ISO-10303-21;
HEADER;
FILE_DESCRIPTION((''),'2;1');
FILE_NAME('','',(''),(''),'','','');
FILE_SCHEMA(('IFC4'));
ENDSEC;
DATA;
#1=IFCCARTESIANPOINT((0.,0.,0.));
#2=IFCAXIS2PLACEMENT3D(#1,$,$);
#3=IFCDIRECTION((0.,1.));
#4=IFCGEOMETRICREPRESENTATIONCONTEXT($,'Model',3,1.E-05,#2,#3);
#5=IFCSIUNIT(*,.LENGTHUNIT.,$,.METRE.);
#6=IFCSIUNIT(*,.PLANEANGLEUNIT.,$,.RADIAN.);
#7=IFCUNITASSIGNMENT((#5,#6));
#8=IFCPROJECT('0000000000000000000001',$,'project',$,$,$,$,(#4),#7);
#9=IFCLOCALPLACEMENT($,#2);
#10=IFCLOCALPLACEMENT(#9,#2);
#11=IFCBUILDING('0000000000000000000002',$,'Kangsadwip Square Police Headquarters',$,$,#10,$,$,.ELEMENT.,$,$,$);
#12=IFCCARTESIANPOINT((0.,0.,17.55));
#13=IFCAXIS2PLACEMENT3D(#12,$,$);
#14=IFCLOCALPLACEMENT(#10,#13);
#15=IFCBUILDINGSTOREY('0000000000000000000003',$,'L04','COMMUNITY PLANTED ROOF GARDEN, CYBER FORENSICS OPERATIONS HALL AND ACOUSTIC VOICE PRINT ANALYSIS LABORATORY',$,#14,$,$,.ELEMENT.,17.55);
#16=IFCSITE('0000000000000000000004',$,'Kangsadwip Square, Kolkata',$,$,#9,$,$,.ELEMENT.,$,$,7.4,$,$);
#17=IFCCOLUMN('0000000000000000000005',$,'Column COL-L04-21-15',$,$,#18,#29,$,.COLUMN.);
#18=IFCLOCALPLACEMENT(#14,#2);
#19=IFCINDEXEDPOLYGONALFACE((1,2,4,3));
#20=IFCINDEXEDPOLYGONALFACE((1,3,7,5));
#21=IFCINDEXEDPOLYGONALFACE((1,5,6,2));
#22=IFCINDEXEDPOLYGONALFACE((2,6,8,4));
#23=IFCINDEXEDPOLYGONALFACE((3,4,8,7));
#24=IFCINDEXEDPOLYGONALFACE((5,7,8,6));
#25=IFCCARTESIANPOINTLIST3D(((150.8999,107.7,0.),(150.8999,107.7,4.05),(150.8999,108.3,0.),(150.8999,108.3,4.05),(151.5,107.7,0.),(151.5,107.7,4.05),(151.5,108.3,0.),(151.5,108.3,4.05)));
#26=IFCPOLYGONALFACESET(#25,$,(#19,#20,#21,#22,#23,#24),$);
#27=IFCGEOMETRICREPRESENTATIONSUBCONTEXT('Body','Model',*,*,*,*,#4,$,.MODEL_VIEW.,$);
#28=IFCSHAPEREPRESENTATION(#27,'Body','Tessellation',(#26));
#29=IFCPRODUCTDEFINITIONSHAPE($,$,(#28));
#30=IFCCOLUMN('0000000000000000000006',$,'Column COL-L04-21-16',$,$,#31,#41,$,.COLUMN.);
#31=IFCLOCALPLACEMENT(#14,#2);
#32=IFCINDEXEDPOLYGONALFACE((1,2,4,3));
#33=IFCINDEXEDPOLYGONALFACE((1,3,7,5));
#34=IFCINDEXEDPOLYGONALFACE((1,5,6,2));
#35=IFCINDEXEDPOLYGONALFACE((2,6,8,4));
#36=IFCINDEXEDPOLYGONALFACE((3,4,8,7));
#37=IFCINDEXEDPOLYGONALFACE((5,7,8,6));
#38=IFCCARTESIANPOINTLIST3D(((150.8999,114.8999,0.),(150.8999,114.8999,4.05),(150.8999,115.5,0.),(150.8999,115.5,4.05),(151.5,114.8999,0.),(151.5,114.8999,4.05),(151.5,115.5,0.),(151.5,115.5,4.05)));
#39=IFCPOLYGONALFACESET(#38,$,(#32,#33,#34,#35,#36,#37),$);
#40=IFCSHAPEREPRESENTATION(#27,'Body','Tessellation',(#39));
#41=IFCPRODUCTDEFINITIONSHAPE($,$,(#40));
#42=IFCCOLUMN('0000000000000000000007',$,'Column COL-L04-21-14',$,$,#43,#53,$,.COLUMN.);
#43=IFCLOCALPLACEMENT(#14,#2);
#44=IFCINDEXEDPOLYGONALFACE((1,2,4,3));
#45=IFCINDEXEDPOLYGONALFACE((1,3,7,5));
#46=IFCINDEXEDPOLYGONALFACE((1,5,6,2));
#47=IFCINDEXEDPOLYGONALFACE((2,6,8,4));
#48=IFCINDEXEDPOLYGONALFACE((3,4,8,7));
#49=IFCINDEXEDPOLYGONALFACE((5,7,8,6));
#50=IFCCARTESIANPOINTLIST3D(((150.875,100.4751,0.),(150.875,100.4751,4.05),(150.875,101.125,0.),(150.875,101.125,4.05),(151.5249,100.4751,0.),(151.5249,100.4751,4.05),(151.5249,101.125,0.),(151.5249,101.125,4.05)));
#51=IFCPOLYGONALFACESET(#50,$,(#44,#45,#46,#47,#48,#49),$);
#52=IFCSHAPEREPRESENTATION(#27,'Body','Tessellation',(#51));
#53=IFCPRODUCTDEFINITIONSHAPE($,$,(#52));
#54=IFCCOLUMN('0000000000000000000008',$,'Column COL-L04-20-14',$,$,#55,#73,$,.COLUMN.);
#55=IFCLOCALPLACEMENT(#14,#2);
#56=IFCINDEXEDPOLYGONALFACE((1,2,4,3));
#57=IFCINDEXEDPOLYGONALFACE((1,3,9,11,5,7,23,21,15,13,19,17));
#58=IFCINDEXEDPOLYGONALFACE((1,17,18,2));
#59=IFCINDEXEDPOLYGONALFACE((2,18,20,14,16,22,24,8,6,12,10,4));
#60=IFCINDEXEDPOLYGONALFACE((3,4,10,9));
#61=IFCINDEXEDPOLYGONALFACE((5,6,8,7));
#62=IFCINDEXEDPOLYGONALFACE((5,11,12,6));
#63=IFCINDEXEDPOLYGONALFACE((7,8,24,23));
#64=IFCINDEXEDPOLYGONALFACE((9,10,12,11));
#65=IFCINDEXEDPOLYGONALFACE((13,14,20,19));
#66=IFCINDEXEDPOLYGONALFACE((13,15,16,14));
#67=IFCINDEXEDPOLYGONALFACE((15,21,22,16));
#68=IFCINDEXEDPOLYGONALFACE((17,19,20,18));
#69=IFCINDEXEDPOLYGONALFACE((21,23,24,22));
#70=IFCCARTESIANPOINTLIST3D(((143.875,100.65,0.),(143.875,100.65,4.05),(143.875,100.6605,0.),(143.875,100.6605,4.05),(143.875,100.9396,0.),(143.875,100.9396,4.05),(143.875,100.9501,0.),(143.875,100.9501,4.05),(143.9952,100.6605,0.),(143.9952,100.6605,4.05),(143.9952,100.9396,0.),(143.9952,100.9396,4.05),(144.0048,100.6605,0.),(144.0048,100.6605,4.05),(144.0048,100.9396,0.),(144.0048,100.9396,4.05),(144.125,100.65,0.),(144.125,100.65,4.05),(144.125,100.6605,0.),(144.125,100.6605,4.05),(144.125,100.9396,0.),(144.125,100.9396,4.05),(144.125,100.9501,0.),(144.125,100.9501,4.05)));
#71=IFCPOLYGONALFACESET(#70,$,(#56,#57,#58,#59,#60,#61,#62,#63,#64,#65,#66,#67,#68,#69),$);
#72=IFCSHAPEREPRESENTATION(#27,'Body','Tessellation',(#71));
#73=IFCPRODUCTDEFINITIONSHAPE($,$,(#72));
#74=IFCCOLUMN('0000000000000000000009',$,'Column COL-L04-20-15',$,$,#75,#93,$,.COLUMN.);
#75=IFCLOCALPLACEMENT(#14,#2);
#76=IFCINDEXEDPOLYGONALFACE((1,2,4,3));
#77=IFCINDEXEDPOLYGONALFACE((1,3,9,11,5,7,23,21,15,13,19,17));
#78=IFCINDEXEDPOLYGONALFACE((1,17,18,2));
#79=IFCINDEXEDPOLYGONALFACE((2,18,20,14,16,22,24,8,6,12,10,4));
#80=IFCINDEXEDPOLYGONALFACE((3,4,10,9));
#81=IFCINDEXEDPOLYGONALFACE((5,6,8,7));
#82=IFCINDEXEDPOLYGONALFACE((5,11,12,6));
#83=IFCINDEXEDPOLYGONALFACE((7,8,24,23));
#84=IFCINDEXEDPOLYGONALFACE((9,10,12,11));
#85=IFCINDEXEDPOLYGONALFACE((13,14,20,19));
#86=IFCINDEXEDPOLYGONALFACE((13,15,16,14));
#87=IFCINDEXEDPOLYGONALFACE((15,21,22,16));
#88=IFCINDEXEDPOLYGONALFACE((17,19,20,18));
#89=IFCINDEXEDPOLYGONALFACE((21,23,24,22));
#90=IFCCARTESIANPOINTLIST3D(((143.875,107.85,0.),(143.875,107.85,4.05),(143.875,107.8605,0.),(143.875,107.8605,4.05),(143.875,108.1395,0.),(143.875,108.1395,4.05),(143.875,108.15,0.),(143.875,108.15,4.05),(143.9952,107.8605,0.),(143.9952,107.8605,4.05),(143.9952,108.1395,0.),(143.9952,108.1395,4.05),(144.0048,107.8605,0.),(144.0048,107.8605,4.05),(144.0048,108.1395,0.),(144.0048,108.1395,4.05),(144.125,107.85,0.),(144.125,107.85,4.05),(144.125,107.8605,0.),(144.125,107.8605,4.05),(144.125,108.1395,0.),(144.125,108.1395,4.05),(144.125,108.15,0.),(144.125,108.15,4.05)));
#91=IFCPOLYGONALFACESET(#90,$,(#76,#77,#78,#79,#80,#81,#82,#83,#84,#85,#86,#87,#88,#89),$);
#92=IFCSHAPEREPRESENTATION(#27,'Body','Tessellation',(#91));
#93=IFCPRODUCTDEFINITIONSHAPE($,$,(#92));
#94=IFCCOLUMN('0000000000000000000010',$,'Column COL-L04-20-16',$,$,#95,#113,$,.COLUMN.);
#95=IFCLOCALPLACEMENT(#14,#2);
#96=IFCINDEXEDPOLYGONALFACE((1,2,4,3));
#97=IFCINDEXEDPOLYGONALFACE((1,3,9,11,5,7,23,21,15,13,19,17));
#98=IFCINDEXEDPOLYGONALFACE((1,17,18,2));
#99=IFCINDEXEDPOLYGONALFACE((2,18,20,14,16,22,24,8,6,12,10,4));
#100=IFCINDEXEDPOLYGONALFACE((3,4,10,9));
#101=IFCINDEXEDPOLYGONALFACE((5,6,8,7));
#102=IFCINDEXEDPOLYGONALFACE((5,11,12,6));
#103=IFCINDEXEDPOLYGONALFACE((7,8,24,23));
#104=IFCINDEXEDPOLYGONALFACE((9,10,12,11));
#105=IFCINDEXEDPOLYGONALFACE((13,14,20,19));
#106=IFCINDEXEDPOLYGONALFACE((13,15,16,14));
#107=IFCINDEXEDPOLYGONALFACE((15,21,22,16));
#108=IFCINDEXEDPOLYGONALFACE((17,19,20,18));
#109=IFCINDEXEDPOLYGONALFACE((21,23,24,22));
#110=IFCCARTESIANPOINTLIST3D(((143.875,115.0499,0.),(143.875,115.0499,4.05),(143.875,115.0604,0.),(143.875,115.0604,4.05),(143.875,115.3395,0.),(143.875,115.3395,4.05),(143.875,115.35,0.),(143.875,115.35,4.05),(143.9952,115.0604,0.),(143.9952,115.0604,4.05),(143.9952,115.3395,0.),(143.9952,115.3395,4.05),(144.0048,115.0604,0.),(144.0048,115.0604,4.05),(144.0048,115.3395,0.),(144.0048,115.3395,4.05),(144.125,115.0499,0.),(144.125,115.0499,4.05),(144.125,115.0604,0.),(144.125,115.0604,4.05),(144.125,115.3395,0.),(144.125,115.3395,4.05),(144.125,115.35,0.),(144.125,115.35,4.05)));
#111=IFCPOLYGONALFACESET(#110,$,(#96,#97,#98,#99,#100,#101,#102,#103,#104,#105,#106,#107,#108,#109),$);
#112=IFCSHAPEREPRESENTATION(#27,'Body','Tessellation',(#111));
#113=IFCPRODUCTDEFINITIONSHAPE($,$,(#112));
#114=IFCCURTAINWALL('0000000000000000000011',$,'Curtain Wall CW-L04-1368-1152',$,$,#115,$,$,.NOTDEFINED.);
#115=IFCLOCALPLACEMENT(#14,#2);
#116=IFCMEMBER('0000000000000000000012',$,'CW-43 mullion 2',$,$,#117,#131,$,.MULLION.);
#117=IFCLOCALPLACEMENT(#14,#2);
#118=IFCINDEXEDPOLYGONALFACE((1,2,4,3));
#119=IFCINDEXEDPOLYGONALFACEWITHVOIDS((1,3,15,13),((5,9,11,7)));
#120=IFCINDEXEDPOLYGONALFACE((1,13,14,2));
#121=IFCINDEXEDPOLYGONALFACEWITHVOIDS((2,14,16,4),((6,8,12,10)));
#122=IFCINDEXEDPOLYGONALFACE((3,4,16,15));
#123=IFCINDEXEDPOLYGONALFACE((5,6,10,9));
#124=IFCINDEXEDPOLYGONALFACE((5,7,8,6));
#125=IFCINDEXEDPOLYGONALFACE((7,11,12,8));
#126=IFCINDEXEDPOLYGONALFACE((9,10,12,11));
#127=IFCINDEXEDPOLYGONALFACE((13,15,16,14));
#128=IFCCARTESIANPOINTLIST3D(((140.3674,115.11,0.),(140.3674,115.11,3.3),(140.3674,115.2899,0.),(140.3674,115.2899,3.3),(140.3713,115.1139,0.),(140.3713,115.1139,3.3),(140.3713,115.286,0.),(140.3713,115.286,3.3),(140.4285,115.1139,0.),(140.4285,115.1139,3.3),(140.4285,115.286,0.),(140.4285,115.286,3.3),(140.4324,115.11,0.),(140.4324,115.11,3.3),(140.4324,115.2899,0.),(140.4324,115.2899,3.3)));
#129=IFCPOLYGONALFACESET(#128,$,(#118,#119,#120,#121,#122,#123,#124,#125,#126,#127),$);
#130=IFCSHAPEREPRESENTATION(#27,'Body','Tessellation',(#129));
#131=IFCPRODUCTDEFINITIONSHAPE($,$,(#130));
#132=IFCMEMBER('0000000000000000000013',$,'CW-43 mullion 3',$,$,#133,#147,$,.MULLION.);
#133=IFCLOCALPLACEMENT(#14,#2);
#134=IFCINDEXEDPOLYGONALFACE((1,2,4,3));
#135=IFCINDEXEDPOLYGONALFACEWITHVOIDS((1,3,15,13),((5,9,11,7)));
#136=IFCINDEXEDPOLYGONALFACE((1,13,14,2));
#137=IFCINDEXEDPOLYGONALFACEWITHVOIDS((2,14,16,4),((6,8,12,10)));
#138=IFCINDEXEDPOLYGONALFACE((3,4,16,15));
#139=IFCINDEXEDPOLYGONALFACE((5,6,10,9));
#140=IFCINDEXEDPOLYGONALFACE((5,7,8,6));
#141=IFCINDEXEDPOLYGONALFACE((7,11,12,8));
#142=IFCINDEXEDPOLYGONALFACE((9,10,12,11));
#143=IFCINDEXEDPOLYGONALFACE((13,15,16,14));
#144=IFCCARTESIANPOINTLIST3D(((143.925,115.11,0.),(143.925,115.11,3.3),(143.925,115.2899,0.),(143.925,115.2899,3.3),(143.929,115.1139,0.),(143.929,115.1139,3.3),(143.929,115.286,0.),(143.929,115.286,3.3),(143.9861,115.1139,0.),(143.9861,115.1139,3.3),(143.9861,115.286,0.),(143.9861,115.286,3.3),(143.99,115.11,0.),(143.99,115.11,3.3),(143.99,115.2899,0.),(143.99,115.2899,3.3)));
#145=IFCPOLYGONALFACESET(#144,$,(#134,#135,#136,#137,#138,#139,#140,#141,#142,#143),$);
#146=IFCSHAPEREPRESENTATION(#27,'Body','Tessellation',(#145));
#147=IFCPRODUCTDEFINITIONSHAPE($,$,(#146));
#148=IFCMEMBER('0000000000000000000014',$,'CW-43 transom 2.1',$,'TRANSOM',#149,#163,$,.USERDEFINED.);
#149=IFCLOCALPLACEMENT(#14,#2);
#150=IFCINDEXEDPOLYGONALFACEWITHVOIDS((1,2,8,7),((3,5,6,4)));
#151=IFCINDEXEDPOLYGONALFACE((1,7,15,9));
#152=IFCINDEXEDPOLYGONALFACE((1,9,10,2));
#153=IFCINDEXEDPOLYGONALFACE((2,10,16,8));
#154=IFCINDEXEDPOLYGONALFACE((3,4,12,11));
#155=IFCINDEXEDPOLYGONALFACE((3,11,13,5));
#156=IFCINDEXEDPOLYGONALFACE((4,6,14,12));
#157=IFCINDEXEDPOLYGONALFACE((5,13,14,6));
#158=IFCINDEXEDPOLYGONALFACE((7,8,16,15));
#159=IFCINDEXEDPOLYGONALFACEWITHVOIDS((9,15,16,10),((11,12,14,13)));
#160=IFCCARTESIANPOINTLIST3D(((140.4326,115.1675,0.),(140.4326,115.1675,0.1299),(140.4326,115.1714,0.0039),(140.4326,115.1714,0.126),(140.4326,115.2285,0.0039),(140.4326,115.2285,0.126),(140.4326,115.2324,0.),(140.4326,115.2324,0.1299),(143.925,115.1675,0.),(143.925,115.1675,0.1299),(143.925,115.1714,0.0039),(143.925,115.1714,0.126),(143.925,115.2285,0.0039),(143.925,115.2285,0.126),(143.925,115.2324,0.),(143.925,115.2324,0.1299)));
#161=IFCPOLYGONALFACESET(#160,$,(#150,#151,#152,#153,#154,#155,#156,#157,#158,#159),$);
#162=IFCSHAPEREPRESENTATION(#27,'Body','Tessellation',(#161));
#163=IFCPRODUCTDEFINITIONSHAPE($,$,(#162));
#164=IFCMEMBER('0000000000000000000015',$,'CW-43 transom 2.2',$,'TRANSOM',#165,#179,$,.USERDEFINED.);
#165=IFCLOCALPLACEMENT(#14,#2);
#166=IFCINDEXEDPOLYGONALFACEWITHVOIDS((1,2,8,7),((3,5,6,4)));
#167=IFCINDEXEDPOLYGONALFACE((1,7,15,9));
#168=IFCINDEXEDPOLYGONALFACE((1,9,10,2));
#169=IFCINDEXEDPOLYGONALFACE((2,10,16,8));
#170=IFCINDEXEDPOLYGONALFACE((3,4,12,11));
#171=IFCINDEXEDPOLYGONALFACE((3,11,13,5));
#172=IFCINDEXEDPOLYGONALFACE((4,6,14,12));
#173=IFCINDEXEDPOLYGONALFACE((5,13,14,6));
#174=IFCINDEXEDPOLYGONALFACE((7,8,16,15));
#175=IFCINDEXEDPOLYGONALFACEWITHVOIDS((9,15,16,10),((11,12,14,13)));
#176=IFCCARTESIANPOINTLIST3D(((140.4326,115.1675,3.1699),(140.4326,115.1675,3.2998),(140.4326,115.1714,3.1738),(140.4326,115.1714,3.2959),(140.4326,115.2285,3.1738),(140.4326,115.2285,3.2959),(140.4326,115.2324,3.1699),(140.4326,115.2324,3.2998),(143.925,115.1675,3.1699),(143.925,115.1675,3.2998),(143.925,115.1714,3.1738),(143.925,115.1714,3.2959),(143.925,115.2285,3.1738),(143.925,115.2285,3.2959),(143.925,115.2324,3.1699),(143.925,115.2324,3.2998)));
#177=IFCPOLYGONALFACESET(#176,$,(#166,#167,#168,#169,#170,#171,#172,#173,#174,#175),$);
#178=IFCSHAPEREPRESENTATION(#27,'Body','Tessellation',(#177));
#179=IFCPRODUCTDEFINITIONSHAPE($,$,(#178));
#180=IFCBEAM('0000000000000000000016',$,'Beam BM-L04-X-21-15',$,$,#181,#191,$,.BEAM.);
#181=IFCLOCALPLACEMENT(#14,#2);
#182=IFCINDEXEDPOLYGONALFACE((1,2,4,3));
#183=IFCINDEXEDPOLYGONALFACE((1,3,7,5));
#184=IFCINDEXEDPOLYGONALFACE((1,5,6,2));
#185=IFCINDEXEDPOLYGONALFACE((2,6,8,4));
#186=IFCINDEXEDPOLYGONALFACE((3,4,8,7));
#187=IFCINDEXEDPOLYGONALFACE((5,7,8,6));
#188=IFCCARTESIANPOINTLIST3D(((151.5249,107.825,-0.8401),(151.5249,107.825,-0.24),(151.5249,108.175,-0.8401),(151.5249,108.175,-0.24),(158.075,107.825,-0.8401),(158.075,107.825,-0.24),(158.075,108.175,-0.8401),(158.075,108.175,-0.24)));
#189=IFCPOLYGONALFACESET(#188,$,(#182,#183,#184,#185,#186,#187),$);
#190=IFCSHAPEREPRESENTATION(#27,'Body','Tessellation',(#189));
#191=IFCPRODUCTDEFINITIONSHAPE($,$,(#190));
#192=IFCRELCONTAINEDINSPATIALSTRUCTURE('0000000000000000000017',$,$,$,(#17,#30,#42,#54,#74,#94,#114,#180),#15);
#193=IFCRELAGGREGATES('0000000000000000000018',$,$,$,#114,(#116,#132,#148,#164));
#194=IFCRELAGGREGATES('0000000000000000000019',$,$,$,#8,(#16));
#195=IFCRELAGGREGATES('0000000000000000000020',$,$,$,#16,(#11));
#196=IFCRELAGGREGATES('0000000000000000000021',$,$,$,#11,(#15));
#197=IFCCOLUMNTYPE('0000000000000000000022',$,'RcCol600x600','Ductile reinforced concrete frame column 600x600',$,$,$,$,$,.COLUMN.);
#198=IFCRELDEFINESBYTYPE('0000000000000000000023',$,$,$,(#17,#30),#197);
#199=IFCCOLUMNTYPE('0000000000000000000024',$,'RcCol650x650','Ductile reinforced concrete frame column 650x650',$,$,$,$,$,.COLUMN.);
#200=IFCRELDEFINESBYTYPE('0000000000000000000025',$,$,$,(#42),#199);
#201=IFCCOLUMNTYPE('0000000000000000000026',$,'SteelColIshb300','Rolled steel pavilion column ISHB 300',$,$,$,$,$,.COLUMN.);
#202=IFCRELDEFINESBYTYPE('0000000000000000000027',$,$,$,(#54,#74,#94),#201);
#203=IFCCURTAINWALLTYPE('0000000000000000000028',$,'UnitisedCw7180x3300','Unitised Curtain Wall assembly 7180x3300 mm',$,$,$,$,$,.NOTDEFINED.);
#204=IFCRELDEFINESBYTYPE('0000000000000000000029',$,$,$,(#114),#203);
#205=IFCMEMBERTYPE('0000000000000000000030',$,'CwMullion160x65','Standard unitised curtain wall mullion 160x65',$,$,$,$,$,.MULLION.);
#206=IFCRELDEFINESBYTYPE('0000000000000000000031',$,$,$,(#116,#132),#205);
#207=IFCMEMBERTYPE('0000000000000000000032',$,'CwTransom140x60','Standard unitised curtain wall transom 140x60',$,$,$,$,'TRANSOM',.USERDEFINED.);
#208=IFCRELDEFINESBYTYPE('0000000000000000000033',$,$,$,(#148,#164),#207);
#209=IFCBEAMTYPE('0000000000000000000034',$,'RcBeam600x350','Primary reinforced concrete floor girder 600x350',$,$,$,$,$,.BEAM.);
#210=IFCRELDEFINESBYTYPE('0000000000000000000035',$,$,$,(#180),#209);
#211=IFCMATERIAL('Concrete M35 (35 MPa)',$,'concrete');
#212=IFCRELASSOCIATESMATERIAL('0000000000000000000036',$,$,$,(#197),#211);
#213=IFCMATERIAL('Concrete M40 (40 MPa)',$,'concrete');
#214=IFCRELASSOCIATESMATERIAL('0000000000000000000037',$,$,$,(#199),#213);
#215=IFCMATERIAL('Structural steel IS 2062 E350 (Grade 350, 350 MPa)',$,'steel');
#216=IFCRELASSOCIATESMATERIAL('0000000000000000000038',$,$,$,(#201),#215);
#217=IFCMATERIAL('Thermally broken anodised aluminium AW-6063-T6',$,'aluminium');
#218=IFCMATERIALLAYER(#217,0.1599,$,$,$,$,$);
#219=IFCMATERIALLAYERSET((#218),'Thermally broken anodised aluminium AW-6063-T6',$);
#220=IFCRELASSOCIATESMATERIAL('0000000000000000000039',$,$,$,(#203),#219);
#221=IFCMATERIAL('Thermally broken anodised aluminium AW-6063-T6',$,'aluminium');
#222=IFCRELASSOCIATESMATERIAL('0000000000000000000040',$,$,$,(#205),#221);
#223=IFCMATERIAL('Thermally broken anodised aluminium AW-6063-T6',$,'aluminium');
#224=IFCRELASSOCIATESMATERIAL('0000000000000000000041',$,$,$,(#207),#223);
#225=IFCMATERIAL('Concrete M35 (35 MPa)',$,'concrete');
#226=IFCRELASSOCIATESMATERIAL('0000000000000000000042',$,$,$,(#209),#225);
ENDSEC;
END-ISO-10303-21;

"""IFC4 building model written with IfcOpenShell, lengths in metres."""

from ifc_helpers import new_model, si_unit, direction, frame, origin, origin_2d, place, context, subcontext, project, spatial, rectangle, hollow_rectangle, i_section, extrude, material, layer, layer_set, material_profile, profile_set, type_object, element, aggregate, save


model = new_model("IFC4")

# Units and contexts
model_context = context("Model", 3, precision=1e-05, world=origin(), true_north=direction((0.0, 1.0)))
body_context = subcontext(model_context, "Body", "Model", "MODEL_VIEW")
ifc_project = project(units=[si_unit("LENGTHUNIT", "METRE"), si_unit("PLANEANGLEUNIT", "RADIAN")], contexts=[model_context])

# Site, building, storey
site_placement = place(None, origin())
site = spatial("IfcSite", under=ifc_project, at=site_placement, Name="Kangsadwip Square, Kolkata", CompositionType="ELEMENT", RefElevation=7.4)
building_placement = place(site_placement, origin())
building = spatial("IfcBuilding", under=site, at=building_placement, Name="Kangsadwip Square Police Headquarters", CompositionType="ELEMENT")
storey_placement = place(building_placement, frame((0.0, 0.0, 17.55)))
storey = spatial("IfcBuildingStorey", under=building, at=storey_placement, Name="L04", Description="COMMUNITY PLANTED ROOF GARDEN, CYBER FORENSICS OPERATIONS HALL AND ACOUSTIC VOICE PRINT ANALYSIS LABORATORY", CompositionType="ELEMENT", Elevation=17.55)

# Columns
ifc_material_1 = material(Name="Concrete M35 (35 MPa)", Category="concrete")
ifc_material_profile_1 = material_profile(ifc_material_1, rectangle(XDim=0.6001, YDim=0.6001, at=origin_2d()), Name="RC COL 600X600")
ifc_profile_set_1 = profile_set([ifc_material_profile_1], Name="Concrete M35 (35 MPa)")
column_type_1 = type_object("IfcColumnType", Name="RcCol600x600", Description="Ductile reinforced concrete frame column 600x600", PredefinedType="COLUMN", material=ifc_profile_set_1)
for number, where, z_axis, x_axis, name in (
    (1, (151.2, 108.0, 0.0), (0.0, 0.0, 1.0), (1.0, 0.0, 0.0), "Column COL-L04-21-15"),
    (2, (151.2, 115.2, 0.0), (0.0, 0.0, 1.0), (1.0, 0.0, 0.0), "Column COL-L04-21-16"),
):
    element("IfcColumn", number, at=place(storey_placement, frame(where, z_axis=z_axis, x_axis=x_axis)), inside=storey, type_object=column_type_1, Name=name, PredefinedType="COLUMN", context=body_context, shape_type="SweptSolid", body=[
        extrude(rectangle(XDim=0.6001, YDim=0.6001, at=origin_2d()), origin(), (0.0, 0.0, 1.0), 4.05),
    ])
ifc_material_2 = material(Name="Concrete M40 (40 MPa)", Category="concrete")
ifc_material_profile_2 = material_profile(ifc_material_2, rectangle(XDim=0.6499, YDim=0.6499, at=origin_2d()), Name="RC COL 650X650")
ifc_profile_set_2 = profile_set([ifc_material_profile_2], Name="Concrete M40 (40 MPa)")
column_type_2 = type_object("IfcColumnType", Name="RcCol650x650", Description="Ductile reinforced concrete frame column 650x650", PredefinedType="COLUMN", material=ifc_profile_set_2)
column_placement = place(storey_placement, frame((151.2, 100.8, 0.0), z_axis=(0.0, 0.0, 1.0), x_axis=(1.0, 0.0, 0.0)))
element("IfcColumn", 3, at=column_placement, inside=storey, type_object=column_type_2, Name="Column COL-L04-21-14", PredefinedType="COLUMN", context=body_context, shape_type="SweptSolid", body=[
    extrude(rectangle(XDim=0.6499, YDim=0.6499, at=origin_2d()), origin(), (0.0, 0.0, 1.0), 4.05),
])
ifc_material_3 = material(Name="Structural steel IS 2062 E350 (Grade 350, 350 MPa)", Category="steel")
ifc_material_profile_3 = material_profile(ifc_material_3, i_section(OverallWidth=0.25, OverallDepth=0.3, WebThickness=0.0095, FlangeThickness=0.0105, at=origin_2d()), Name="ISHB 300")
ifc_profile_set_3 = profile_set([ifc_material_profile_3], Name="Structural steel IS 2062 E350 (Grade 350, 350 MPa)")
column_type_3 = type_object("IfcColumnType", Name="SteelColIshb300", Description="Rolled steel pavilion column ISHB 300", PredefinedType="COLUMN", material=ifc_profile_set_3)
for number, where, z_axis, x_axis, name in (
    (4, (144.0, 100.8, 0.0), (0.0, 0.0, 1.0), (1.0, 0.0, 0.0), "Column COL-L04-20-14"),
    (5, (144.0, 108.0, 0.0), (0.0, 0.0, 1.0), (1.0, 0.0, 0.0), "Column COL-L04-20-15"),
    (6, (144.0, 115.2, 0.0), (0.0, 0.0, 1.0), (1.0, 0.0, 0.0), "Column COL-L04-20-16"),
):
    element("IfcColumn", number, at=place(storey_placement, frame(where, z_axis=z_axis, x_axis=x_axis)), inside=storey, type_object=column_type_3, Name=name, PredefinedType="COLUMN", context=body_context, shape_type="SweptSolid", body=[
        extrude(i_section(OverallWidth=0.25, OverallDepth=0.3, WebThickness=0.0095, FlangeThickness=0.0105, at=origin_2d()), origin(), (0.0, 0.0, 1.0), 4.05),
    ])

# Curtain wall, members
ifc_material_4 = material(Name="Thermally broken anodised aluminium AW-6063-T6", Category="aluminium")
ifc_layer_1 = layer(ifc_material_4, 0.1599)
ifc_layer_set_1 = layer_set([ifc_layer_1], Name="Thermally broken anodised aluminium AW-6063-T6")
curtain_wall_type = type_object("IfcCurtainWallType", Name="UnitisedCw7180x3300", Description="Unitised Curtain Wall assembly 7180x3300 mm", PredefinedType="NOTDEFINED", material=ifc_layer_set_1)
curtain_wall_placement = place(storey_placement, origin())
curtain_wall = element("IfcCurtainWall", 7, at=curtain_wall_placement, inside=storey, type_object=curtain_wall_type, Name="Curtain Wall CW-L04-1368-1152", PredefinedType="NOTDEFINED")
ifc_material_5 = material(Name="Thermally broken anodised aluminium AW-6063-T6", Category="aluminium")
ifc_material_profile_4 = material_profile(ifc_material_5, hollow_rectangle(XDim=0.0649, YDim=0.1799, WallThickness=0.0039, at=origin_2d()), Name="CWM 180X65X4")
ifc_profile_set_4 = profile_set([ifc_material_profile_4], Name="Thermally broken anodised aluminium AW-6063-T6")
member_type_1 = type_object("IfcMemberType", Name="CwMullion160x65", Description="Standard unitised curtain wall mullion 160x65", PredefinedType="MULLION", material=ifc_profile_set_4)
member_1_placement = place(storey_placement, frame((140.3999, 115.2, 0.0), z_axis=(0.0, 0.0, 1.0), x_axis=(1.0, 0.0, 0.0)))
member_1 = element("IfcMember", 8, at=member_1_placement, type_object=member_type_1, Name="CW-43 mullion 2", PredefinedType="MULLION", context=body_context, shape_type="SweptSolid", body=[
    extrude(hollow_rectangle(XDim=0.0649, YDim=0.1799, WallThickness=0.0039, at=origin_2d()), origin(), (0.0, 0.0, 1.0), 3.3),
])
member_2_placement = place(storey_placement, frame((143.9575, 115.2, 0.0), z_axis=(0.0, 0.0, 1.0), x_axis=(1.0, 0.0, 0.0)))
member_2 = element("IfcMember", 9, at=member_2_placement, type_object=member_type_1, Name="CW-43 mullion 3", PredefinedType="MULLION", context=body_context, shape_type="SweptSolid", body=[
    extrude(hollow_rectangle(XDim=0.0649, YDim=0.1799, WallThickness=0.0039, at=origin_2d()), origin(), (0.0, 0.0, 1.0), 3.3),
])
ifc_material_6 = material(Name="Thermally broken anodised aluminium AW-6063-T6", Category="aluminium")
ifc_material_profile_5 = material_profile(ifc_material_6, hollow_rectangle(XDim=0.0649, YDim=0.1299, WallThickness=0.0039, at=origin_2d()), Name="CWT 130X65X4")
ifc_profile_set_5 = profile_set([ifc_material_profile_5], Name="Thermally broken anodised aluminium AW-6063-T6")
member_type_2 = type_object("IfcMemberType", Name="CwTransom140x60", Description="Standard unitised curtain wall transom 140x60", ElementType="TRANSOM", PredefinedType="USERDEFINED", material=ifc_profile_set_5)
member_3_placement = place(storey_placement, frame((140.4326, 115.2, 0.0649), z_axis=(1.0, 0.0, 0.0), x_axis=(0.0, 1.0, 0.0)))
member_3 = element("IfcMember", 10, at=member_3_placement, type_object=member_type_2, Name="CW-43 transom 2.1", ObjectType="TRANSOM", PredefinedType="USERDEFINED", context=body_context, shape_type="SweptSolid", body=[
    extrude(hollow_rectangle(XDim=0.0649, YDim=0.1299, WallThickness=0.0039, at=origin_2d()), origin(), (0.0, 0.0, 1.0), 3.4924),
])
member_4_placement = place(storey_placement, frame((140.4326, 115.2, 3.2349), z_axis=(1.0, 0.0, 0.0), x_axis=(0.0, 1.0, 0.0)))
member_4 = element("IfcMember", 11, at=member_4_placement, type_object=member_type_2, Name="CW-43 transom 2.2", ObjectType="TRANSOM", PredefinedType="USERDEFINED", context=body_context, shape_type="SweptSolid", body=[
    extrude(hollow_rectangle(XDim=0.0649, YDim=0.1299, WallThickness=0.0039, at=origin_2d()), origin(), (0.0, 0.0, 1.0), 3.4924),
])

# Beam
ifc_material_7 = material(Name="Concrete M35 (35 MPa)", Category="concrete")
ifc_material_profile_6 = material_profile(ifc_material_7, rectangle(XDim=0.3501, YDim=0.6001, at=origin_2d()), Name="RC BM 600X350")
ifc_profile_set_6 = profile_set([ifc_material_profile_6], Name="Concrete M35 (35 MPa)")
beam_type_1 = type_object("IfcBeamType", Name="RcBeam600x350", Description="Primary reinforced concrete floor girder 600x350", PredefinedType="BEAM", material=ifc_profile_set_6)
beam_1_placement = place(storey_placement, frame((151.5249, 108.0, -0.54), z_axis=(1.0, 0.0, 0.0), x_axis=(0.0, 1.0, 0.0)))
element("IfcBeam", 12, at=beam_1_placement, inside=storey, type_object=beam_type_1, Name="Beam BM-L04-X-21-15", PredefinedType="BEAM", context=body_context, shape_type="SweptSolid", body=[
    extrude(rectangle(XDim=0.3501, YDim=0.6001, at=origin_2d()), origin(), (0.0, 0.0, 1.0), 6.55),
])

aggregate(curtain_wall, [member_1, member_2, member_3, member_4])

save(model, "model.ifc")
